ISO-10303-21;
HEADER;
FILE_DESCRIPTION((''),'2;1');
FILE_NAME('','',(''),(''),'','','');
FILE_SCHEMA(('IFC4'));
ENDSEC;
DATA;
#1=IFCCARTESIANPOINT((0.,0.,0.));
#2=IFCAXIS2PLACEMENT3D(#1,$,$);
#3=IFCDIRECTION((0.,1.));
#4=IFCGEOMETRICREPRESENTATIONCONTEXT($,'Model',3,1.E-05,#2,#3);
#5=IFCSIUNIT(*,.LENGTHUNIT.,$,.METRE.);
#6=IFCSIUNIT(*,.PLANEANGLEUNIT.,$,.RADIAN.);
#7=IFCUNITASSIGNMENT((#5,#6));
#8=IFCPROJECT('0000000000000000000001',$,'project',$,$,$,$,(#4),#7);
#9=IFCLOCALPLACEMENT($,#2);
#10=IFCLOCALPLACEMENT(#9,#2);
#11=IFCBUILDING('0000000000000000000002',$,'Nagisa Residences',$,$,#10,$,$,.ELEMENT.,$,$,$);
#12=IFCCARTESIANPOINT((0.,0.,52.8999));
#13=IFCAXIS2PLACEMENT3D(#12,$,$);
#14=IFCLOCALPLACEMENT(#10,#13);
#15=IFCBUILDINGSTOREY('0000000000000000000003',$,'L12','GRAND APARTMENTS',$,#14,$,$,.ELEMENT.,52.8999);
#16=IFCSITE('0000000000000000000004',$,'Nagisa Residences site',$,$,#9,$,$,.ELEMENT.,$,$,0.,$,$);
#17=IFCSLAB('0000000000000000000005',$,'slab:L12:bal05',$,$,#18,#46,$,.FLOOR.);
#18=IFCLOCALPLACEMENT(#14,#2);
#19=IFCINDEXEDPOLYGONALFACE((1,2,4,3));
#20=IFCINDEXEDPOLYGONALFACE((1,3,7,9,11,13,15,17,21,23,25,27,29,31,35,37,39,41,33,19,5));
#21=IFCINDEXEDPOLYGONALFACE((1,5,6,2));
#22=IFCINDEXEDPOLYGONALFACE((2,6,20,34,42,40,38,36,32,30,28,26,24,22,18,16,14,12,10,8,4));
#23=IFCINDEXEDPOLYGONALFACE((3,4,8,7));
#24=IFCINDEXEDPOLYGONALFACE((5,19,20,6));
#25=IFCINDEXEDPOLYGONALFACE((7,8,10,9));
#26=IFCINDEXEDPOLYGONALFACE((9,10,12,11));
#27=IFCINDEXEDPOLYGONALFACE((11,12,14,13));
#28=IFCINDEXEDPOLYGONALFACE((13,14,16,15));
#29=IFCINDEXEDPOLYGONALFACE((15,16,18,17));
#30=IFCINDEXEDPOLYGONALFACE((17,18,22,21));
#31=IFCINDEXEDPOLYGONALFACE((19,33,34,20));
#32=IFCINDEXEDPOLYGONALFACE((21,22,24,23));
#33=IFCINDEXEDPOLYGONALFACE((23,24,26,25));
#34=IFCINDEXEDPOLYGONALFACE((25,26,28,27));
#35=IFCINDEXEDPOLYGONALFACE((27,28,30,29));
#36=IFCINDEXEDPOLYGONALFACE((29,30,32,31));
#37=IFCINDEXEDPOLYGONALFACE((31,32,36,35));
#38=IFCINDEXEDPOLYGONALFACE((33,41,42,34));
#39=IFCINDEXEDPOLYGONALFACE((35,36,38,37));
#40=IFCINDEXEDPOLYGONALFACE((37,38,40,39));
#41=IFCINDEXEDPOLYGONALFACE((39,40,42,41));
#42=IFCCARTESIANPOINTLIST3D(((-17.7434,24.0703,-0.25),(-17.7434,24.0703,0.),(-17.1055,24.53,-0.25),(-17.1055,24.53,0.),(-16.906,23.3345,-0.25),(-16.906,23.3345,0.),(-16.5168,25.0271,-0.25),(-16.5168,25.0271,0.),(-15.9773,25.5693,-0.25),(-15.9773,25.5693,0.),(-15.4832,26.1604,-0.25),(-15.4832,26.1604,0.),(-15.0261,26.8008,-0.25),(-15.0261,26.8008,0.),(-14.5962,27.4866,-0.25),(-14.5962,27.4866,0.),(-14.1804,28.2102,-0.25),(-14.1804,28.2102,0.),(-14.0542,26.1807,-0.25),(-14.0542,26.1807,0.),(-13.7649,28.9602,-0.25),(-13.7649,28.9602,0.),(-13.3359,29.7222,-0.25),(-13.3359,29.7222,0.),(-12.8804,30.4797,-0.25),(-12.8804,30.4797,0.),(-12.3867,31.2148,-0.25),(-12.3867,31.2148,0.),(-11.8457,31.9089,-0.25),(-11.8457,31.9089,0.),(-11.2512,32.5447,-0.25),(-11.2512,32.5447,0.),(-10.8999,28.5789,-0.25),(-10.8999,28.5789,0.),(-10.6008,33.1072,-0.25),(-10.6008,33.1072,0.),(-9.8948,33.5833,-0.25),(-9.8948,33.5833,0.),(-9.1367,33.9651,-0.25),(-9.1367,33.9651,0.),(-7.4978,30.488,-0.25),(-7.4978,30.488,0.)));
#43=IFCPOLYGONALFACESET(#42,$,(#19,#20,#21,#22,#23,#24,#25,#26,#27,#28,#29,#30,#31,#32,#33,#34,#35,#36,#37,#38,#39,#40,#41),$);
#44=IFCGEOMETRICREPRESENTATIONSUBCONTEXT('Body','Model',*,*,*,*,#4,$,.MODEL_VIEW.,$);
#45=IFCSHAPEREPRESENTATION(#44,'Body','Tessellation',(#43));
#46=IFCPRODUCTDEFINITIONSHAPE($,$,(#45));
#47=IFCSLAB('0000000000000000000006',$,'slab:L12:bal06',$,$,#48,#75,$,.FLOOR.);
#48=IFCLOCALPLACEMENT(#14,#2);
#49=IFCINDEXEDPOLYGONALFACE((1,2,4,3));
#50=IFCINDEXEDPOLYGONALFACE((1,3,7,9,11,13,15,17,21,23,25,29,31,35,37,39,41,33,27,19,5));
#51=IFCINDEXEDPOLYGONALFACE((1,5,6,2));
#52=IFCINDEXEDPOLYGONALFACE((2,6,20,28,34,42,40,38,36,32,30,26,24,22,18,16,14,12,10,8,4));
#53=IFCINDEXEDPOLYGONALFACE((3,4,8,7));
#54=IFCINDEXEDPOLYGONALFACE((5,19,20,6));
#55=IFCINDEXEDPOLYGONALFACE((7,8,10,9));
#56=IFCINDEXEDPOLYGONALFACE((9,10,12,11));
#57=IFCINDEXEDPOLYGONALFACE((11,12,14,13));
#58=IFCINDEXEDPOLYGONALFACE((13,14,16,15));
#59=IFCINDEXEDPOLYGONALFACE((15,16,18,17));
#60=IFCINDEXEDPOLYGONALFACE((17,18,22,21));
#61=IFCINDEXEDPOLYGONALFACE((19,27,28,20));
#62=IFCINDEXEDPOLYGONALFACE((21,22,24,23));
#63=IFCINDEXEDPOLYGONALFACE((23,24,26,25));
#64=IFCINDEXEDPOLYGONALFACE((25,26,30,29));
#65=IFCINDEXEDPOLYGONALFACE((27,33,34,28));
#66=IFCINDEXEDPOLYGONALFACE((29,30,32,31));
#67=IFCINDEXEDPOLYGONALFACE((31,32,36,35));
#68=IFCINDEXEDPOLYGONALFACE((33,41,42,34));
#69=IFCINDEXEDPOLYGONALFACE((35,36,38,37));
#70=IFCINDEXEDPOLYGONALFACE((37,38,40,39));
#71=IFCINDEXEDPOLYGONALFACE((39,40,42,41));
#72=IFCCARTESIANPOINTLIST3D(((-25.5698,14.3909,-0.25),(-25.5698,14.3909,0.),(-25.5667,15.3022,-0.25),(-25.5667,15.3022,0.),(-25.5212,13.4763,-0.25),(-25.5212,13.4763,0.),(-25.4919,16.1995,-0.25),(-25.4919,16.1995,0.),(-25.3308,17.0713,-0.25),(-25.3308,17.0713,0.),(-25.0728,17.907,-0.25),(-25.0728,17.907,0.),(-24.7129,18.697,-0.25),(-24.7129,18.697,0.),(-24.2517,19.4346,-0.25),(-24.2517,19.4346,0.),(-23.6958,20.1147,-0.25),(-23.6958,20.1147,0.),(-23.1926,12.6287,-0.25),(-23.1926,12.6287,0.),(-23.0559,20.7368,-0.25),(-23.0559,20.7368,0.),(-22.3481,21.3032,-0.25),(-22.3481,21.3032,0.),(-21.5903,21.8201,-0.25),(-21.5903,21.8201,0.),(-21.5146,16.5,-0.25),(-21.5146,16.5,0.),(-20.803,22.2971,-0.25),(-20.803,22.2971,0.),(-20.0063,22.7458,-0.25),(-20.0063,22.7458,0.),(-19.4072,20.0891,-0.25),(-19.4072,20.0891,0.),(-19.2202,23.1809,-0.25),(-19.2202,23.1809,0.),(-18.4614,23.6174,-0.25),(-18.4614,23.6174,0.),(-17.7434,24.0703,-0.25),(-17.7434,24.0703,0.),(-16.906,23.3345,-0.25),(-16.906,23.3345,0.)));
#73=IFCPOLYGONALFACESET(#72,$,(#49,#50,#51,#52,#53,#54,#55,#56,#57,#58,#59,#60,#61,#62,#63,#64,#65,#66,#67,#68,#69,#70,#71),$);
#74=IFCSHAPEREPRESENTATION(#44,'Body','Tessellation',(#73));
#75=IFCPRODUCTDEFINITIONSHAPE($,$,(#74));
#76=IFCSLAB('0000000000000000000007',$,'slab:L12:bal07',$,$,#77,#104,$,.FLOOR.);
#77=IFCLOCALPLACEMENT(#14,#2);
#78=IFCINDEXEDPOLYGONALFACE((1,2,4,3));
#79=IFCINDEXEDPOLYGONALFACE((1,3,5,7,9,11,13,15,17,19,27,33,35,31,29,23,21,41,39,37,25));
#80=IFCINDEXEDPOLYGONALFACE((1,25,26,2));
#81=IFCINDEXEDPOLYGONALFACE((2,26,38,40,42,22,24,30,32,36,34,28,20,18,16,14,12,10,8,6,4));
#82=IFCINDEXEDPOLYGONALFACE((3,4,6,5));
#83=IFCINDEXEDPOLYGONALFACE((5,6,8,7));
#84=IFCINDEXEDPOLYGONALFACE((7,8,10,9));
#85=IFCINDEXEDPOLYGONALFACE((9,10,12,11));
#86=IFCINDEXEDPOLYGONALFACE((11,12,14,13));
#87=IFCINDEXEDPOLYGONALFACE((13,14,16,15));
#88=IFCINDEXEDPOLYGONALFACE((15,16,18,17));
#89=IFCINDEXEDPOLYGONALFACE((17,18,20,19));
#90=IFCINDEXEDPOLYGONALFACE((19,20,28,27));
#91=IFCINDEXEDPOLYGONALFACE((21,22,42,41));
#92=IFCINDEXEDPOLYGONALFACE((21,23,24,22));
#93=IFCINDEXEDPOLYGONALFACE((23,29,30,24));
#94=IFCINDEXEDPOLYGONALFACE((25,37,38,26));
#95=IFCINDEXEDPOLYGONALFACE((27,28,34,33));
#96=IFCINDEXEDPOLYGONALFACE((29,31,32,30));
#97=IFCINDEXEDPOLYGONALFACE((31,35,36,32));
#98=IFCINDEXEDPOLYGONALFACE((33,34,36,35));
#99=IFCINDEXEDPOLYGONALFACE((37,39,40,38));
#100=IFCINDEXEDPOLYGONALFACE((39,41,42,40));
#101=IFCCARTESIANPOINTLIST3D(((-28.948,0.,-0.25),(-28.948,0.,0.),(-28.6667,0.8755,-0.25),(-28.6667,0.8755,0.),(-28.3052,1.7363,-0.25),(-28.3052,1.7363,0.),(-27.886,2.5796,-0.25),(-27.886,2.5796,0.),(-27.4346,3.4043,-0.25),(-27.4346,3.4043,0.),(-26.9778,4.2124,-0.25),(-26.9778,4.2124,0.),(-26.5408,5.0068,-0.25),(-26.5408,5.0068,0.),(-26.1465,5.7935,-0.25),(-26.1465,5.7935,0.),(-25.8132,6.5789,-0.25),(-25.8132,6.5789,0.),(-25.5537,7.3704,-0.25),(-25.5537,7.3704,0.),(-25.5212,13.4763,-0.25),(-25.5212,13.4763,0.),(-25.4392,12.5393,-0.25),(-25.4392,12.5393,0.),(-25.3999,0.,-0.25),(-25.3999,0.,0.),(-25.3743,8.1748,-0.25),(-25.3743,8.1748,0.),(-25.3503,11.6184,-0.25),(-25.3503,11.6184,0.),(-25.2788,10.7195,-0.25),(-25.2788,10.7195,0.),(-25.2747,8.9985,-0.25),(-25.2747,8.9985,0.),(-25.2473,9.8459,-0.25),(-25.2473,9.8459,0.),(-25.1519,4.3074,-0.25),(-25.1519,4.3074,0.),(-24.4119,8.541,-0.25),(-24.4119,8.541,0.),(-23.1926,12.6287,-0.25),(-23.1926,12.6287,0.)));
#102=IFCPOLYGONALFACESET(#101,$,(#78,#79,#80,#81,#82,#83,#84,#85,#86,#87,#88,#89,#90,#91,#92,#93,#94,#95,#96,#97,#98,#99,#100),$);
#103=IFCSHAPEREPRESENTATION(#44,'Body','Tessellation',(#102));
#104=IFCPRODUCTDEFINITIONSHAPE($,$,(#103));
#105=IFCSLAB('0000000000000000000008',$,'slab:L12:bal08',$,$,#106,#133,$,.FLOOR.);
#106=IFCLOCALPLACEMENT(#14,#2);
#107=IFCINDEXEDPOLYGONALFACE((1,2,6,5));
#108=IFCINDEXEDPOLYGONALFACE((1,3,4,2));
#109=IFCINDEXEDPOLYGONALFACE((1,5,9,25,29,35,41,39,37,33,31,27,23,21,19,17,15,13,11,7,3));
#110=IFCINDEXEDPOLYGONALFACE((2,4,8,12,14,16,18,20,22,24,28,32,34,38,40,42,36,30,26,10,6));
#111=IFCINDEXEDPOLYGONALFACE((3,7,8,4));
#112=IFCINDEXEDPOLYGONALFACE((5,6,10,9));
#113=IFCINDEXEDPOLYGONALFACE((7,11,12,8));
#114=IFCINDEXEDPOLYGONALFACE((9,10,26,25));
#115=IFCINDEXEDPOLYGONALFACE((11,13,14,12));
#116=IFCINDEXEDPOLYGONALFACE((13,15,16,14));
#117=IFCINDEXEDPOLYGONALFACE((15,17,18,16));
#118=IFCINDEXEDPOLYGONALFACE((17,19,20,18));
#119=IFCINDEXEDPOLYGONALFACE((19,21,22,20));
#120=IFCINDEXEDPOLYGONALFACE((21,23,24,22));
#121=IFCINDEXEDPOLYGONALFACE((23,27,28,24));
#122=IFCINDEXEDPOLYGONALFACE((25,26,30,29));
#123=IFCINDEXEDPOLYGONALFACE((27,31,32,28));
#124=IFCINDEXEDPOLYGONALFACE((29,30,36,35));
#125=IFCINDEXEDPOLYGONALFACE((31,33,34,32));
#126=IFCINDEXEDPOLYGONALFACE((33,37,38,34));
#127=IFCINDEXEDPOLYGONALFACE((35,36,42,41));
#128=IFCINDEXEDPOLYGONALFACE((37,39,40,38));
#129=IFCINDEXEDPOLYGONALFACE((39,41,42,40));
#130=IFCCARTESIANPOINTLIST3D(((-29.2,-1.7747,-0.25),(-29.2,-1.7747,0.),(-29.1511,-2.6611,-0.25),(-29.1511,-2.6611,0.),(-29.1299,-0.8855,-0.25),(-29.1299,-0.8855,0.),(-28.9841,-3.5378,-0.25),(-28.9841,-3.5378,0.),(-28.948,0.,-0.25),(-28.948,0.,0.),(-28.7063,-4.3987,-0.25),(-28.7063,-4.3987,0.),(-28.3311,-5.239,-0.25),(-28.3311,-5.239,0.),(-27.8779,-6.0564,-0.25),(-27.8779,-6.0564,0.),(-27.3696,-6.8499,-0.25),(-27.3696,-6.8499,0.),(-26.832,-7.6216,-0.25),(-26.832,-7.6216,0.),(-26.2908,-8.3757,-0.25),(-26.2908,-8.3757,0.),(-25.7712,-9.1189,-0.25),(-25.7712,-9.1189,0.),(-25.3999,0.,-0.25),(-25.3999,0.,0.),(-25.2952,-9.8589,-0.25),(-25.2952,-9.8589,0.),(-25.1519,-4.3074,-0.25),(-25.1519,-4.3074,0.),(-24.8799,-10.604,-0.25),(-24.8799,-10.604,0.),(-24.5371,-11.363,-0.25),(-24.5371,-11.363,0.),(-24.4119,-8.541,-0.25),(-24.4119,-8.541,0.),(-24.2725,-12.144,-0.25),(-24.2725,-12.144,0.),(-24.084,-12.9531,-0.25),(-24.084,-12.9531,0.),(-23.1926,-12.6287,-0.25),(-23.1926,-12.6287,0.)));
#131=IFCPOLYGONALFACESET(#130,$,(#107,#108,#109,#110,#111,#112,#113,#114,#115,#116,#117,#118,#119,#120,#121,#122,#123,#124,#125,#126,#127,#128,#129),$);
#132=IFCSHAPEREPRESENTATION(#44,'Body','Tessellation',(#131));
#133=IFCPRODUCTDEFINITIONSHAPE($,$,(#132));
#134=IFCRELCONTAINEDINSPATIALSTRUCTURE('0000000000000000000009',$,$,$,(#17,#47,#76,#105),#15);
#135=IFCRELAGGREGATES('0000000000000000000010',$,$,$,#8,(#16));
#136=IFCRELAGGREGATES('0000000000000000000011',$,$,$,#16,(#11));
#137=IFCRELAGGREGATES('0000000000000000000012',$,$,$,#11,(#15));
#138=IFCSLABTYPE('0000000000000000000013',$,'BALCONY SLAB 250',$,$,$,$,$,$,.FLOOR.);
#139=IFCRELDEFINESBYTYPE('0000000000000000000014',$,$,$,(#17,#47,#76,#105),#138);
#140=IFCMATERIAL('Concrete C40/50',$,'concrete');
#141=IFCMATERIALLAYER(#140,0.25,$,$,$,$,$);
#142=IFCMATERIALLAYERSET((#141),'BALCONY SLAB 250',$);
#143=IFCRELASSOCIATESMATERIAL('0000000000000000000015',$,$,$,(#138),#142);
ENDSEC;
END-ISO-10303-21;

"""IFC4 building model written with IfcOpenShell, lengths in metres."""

from ifc_helpers import new_model, si_unit, direction, frame, origin, place, context, subcontext, project, spatial, polyline, outline, extrude, material, layer, layer_set, type_object, element, save


model = new_model("IFC4")

# Units and contexts
model_context = context("Model", 3, precision=1e-05, world=origin(), true_north=direction((0.0, 1.0)))
body_context = subcontext(model_context, "Body", "Model", "MODEL_VIEW")
ifc_project = project(units=[si_unit("LENGTHUNIT", "METRE"), si_unit("PLANEANGLEUNIT", "RADIAN")], contexts=[model_context])

# Site, building, storey
site_placement = place(None, origin())
site = spatial("IfcSite", under=ifc_project, at=site_placement, Name="Nagisa Residences site", CompositionType="ELEMENT", RefElevation=0.0)
building_placement = place(site_placement, origin())
building = spatial("IfcBuilding", under=site, at=building_placement, Name="Nagisa Residences", CompositionType="ELEMENT")
storey_placement = place(building_placement, frame((0.0, 0.0, 52.8999)))
storey = spatial("IfcBuildingStorey", under=building, at=storey_placement, Name="L12", Description="GRAND APARTMENTS", CompositionType="ELEMENT", Elevation=52.8999)

# Slabs
ifc_material_1 = material(Name="Concrete C40/50", Category="concrete")
ifc_layer_1 = layer(ifc_material_1, 0.25)
ifc_layer_set_1 = layer_set([ifc_layer_1], Name="BALCONY SLAB 250")
slab_type_1 = type_object("IfcSlabType", Name="BALCONY SLAB 250", PredefinedType="FLOOR", material=ifc_layer_set_1)
slab_1_placement = place(storey_placement, frame((0.0, 0.0, -0.25)))
element("IfcSlab", 1, at=slab_1_placement, inside=storey, type_object=slab_type_1, Name="slab:L12:bal05", PredefinedType="FLOOR", context=body_context, shape_type="SweptSolid", body=[
    extrude(outline(polyline([(-9.1367, 33.9651), (-9.8948, 33.5833), (-10.6008, 33.1072), (-11.2512, 32.5447), (-11.8457, 31.9089), (-12.3867, 31.2148), (-12.8804, 30.4797), (-13.3359, 29.7222), (-13.7649, 28.9602), (-14.1804, 28.2102), (-14.5962, 27.4866), (-15.0261, 26.8008), (-15.4832, 26.1604), (-15.9773, 25.5693), (-16.5168, 25.0271), (-17.1055, 24.53), (-17.7434, 24.0703), (-16.906, 23.3345), (-14.0542, 26.1807), (-10.8999, 28.5789), (-7.4978, 30.488), (-9.1367, 33.9651)])), origin(), (0.0, 0.0, 1.0), 0.25),
])
slab_2_placement = place(storey_placement, frame((0.0, 0.0, -0.25)))
element("IfcSlab", 2, at=slab_2_placement, inside=storey, type_object=slab_type_1, Name="slab:L12:bal06", PredefinedType="FLOOR", context=body_context, shape_type="SweptSolid", body=[
    extrude(outline(polyline([(-17.7434, 24.0703), (-18.4614, 23.6174), (-19.2202, 23.1809), (-20.0063, 22.7458), (-20.803, 22.2971), (-21.5903, 21.8201), (-22.3481, 21.3032), (-23.0559, 20.7368), (-23.6958, 20.1147), (-24.2517, 19.4346), (-24.7129, 18.697), (-25.0728, 17.907), (-25.3308, 17.0713), (-25.4919, 16.1995), (-25.5667, 15.3022), (-25.5698, 14.3909), (-25.5212, 13.4763), (-23.1926, 12.6287), (-21.5146, 16.5), (-19.4072, 20.0891), (-16.906, 23.3345), (-17.7434, 24.0703)])), origin(), (0.0, 0.0, 1.0), 0.25),
])
slab_3_placement = place(storey_placement, frame((0.0, 0.0, -0.25)))
element("IfcSlab", 3, at=slab_3_placement, inside=storey, type_object=slab_type_1, Name="slab:L12:bal07", PredefinedType="FLOOR", context=body_context, shape_type="SweptSolid", body=[
    extrude(outline(polyline([(-25.5212, 13.4763), (-25.4392, 12.5393), (-25.3503, 11.6184), (-25.2788, 10.7195), (-25.2473, 9.8459), (-25.2747, 8.9985), (-25.3743, 8.1748), (-25.5537, 7.3704), (-25.8132, 6.5789), (-26.1465, 5.7935), (-26.5408, 5.0068), (-26.9778, 4.2124), (-27.4346, 3.4043), (-27.886, 2.5796), (-28.3052, 1.7363), (-28.6667, 0.8755), (-28.948, 0.0), (-25.3999, 0.0), (-25.1519, 4.3074), (-24.4119, 8.541), (-23.1926, 12.6287), (-25.5212, 13.4763)])), origin(), (0.0, 0.0, 1.0), 0.25),
])
slab_4_placement = place(storey_placement, frame((0.0, 0.0, -0.25)))
element("IfcSlab", 4, at=slab_4_placement, inside=storey, type_object=slab_type_1, Name="slab:L12:bal08", PredefinedType="FLOOR", context=body_context, shape_type="SweptSolid", body=[
    extrude(outline(polyline([(-28.948, 0.0), (-29.1299, -0.8855), (-29.2, -1.7747), (-29.1511, -2.6611), (-28.9841, -3.5378), (-28.7063, -4.3987), (-28.3311, -5.239), (-27.8779, -6.0564), (-27.3696, -6.8499), (-26.832, -7.6216), (-26.2908, -8.3757), (-25.7712, -9.1189), (-25.2952, -9.8589), (-24.8799, -10.604), (-24.5371, -11.363), (-24.2725, -12.144), (-24.084, -12.9531), (-23.1926, -12.6287), (-24.4119, -8.541), (-25.1519, -4.3074), (-25.3999, 0.0), (-28.948, 0.0)])), origin(), (0.0, 0.0, 1.0), 0.25),
])

save(model, "model.ifc")
